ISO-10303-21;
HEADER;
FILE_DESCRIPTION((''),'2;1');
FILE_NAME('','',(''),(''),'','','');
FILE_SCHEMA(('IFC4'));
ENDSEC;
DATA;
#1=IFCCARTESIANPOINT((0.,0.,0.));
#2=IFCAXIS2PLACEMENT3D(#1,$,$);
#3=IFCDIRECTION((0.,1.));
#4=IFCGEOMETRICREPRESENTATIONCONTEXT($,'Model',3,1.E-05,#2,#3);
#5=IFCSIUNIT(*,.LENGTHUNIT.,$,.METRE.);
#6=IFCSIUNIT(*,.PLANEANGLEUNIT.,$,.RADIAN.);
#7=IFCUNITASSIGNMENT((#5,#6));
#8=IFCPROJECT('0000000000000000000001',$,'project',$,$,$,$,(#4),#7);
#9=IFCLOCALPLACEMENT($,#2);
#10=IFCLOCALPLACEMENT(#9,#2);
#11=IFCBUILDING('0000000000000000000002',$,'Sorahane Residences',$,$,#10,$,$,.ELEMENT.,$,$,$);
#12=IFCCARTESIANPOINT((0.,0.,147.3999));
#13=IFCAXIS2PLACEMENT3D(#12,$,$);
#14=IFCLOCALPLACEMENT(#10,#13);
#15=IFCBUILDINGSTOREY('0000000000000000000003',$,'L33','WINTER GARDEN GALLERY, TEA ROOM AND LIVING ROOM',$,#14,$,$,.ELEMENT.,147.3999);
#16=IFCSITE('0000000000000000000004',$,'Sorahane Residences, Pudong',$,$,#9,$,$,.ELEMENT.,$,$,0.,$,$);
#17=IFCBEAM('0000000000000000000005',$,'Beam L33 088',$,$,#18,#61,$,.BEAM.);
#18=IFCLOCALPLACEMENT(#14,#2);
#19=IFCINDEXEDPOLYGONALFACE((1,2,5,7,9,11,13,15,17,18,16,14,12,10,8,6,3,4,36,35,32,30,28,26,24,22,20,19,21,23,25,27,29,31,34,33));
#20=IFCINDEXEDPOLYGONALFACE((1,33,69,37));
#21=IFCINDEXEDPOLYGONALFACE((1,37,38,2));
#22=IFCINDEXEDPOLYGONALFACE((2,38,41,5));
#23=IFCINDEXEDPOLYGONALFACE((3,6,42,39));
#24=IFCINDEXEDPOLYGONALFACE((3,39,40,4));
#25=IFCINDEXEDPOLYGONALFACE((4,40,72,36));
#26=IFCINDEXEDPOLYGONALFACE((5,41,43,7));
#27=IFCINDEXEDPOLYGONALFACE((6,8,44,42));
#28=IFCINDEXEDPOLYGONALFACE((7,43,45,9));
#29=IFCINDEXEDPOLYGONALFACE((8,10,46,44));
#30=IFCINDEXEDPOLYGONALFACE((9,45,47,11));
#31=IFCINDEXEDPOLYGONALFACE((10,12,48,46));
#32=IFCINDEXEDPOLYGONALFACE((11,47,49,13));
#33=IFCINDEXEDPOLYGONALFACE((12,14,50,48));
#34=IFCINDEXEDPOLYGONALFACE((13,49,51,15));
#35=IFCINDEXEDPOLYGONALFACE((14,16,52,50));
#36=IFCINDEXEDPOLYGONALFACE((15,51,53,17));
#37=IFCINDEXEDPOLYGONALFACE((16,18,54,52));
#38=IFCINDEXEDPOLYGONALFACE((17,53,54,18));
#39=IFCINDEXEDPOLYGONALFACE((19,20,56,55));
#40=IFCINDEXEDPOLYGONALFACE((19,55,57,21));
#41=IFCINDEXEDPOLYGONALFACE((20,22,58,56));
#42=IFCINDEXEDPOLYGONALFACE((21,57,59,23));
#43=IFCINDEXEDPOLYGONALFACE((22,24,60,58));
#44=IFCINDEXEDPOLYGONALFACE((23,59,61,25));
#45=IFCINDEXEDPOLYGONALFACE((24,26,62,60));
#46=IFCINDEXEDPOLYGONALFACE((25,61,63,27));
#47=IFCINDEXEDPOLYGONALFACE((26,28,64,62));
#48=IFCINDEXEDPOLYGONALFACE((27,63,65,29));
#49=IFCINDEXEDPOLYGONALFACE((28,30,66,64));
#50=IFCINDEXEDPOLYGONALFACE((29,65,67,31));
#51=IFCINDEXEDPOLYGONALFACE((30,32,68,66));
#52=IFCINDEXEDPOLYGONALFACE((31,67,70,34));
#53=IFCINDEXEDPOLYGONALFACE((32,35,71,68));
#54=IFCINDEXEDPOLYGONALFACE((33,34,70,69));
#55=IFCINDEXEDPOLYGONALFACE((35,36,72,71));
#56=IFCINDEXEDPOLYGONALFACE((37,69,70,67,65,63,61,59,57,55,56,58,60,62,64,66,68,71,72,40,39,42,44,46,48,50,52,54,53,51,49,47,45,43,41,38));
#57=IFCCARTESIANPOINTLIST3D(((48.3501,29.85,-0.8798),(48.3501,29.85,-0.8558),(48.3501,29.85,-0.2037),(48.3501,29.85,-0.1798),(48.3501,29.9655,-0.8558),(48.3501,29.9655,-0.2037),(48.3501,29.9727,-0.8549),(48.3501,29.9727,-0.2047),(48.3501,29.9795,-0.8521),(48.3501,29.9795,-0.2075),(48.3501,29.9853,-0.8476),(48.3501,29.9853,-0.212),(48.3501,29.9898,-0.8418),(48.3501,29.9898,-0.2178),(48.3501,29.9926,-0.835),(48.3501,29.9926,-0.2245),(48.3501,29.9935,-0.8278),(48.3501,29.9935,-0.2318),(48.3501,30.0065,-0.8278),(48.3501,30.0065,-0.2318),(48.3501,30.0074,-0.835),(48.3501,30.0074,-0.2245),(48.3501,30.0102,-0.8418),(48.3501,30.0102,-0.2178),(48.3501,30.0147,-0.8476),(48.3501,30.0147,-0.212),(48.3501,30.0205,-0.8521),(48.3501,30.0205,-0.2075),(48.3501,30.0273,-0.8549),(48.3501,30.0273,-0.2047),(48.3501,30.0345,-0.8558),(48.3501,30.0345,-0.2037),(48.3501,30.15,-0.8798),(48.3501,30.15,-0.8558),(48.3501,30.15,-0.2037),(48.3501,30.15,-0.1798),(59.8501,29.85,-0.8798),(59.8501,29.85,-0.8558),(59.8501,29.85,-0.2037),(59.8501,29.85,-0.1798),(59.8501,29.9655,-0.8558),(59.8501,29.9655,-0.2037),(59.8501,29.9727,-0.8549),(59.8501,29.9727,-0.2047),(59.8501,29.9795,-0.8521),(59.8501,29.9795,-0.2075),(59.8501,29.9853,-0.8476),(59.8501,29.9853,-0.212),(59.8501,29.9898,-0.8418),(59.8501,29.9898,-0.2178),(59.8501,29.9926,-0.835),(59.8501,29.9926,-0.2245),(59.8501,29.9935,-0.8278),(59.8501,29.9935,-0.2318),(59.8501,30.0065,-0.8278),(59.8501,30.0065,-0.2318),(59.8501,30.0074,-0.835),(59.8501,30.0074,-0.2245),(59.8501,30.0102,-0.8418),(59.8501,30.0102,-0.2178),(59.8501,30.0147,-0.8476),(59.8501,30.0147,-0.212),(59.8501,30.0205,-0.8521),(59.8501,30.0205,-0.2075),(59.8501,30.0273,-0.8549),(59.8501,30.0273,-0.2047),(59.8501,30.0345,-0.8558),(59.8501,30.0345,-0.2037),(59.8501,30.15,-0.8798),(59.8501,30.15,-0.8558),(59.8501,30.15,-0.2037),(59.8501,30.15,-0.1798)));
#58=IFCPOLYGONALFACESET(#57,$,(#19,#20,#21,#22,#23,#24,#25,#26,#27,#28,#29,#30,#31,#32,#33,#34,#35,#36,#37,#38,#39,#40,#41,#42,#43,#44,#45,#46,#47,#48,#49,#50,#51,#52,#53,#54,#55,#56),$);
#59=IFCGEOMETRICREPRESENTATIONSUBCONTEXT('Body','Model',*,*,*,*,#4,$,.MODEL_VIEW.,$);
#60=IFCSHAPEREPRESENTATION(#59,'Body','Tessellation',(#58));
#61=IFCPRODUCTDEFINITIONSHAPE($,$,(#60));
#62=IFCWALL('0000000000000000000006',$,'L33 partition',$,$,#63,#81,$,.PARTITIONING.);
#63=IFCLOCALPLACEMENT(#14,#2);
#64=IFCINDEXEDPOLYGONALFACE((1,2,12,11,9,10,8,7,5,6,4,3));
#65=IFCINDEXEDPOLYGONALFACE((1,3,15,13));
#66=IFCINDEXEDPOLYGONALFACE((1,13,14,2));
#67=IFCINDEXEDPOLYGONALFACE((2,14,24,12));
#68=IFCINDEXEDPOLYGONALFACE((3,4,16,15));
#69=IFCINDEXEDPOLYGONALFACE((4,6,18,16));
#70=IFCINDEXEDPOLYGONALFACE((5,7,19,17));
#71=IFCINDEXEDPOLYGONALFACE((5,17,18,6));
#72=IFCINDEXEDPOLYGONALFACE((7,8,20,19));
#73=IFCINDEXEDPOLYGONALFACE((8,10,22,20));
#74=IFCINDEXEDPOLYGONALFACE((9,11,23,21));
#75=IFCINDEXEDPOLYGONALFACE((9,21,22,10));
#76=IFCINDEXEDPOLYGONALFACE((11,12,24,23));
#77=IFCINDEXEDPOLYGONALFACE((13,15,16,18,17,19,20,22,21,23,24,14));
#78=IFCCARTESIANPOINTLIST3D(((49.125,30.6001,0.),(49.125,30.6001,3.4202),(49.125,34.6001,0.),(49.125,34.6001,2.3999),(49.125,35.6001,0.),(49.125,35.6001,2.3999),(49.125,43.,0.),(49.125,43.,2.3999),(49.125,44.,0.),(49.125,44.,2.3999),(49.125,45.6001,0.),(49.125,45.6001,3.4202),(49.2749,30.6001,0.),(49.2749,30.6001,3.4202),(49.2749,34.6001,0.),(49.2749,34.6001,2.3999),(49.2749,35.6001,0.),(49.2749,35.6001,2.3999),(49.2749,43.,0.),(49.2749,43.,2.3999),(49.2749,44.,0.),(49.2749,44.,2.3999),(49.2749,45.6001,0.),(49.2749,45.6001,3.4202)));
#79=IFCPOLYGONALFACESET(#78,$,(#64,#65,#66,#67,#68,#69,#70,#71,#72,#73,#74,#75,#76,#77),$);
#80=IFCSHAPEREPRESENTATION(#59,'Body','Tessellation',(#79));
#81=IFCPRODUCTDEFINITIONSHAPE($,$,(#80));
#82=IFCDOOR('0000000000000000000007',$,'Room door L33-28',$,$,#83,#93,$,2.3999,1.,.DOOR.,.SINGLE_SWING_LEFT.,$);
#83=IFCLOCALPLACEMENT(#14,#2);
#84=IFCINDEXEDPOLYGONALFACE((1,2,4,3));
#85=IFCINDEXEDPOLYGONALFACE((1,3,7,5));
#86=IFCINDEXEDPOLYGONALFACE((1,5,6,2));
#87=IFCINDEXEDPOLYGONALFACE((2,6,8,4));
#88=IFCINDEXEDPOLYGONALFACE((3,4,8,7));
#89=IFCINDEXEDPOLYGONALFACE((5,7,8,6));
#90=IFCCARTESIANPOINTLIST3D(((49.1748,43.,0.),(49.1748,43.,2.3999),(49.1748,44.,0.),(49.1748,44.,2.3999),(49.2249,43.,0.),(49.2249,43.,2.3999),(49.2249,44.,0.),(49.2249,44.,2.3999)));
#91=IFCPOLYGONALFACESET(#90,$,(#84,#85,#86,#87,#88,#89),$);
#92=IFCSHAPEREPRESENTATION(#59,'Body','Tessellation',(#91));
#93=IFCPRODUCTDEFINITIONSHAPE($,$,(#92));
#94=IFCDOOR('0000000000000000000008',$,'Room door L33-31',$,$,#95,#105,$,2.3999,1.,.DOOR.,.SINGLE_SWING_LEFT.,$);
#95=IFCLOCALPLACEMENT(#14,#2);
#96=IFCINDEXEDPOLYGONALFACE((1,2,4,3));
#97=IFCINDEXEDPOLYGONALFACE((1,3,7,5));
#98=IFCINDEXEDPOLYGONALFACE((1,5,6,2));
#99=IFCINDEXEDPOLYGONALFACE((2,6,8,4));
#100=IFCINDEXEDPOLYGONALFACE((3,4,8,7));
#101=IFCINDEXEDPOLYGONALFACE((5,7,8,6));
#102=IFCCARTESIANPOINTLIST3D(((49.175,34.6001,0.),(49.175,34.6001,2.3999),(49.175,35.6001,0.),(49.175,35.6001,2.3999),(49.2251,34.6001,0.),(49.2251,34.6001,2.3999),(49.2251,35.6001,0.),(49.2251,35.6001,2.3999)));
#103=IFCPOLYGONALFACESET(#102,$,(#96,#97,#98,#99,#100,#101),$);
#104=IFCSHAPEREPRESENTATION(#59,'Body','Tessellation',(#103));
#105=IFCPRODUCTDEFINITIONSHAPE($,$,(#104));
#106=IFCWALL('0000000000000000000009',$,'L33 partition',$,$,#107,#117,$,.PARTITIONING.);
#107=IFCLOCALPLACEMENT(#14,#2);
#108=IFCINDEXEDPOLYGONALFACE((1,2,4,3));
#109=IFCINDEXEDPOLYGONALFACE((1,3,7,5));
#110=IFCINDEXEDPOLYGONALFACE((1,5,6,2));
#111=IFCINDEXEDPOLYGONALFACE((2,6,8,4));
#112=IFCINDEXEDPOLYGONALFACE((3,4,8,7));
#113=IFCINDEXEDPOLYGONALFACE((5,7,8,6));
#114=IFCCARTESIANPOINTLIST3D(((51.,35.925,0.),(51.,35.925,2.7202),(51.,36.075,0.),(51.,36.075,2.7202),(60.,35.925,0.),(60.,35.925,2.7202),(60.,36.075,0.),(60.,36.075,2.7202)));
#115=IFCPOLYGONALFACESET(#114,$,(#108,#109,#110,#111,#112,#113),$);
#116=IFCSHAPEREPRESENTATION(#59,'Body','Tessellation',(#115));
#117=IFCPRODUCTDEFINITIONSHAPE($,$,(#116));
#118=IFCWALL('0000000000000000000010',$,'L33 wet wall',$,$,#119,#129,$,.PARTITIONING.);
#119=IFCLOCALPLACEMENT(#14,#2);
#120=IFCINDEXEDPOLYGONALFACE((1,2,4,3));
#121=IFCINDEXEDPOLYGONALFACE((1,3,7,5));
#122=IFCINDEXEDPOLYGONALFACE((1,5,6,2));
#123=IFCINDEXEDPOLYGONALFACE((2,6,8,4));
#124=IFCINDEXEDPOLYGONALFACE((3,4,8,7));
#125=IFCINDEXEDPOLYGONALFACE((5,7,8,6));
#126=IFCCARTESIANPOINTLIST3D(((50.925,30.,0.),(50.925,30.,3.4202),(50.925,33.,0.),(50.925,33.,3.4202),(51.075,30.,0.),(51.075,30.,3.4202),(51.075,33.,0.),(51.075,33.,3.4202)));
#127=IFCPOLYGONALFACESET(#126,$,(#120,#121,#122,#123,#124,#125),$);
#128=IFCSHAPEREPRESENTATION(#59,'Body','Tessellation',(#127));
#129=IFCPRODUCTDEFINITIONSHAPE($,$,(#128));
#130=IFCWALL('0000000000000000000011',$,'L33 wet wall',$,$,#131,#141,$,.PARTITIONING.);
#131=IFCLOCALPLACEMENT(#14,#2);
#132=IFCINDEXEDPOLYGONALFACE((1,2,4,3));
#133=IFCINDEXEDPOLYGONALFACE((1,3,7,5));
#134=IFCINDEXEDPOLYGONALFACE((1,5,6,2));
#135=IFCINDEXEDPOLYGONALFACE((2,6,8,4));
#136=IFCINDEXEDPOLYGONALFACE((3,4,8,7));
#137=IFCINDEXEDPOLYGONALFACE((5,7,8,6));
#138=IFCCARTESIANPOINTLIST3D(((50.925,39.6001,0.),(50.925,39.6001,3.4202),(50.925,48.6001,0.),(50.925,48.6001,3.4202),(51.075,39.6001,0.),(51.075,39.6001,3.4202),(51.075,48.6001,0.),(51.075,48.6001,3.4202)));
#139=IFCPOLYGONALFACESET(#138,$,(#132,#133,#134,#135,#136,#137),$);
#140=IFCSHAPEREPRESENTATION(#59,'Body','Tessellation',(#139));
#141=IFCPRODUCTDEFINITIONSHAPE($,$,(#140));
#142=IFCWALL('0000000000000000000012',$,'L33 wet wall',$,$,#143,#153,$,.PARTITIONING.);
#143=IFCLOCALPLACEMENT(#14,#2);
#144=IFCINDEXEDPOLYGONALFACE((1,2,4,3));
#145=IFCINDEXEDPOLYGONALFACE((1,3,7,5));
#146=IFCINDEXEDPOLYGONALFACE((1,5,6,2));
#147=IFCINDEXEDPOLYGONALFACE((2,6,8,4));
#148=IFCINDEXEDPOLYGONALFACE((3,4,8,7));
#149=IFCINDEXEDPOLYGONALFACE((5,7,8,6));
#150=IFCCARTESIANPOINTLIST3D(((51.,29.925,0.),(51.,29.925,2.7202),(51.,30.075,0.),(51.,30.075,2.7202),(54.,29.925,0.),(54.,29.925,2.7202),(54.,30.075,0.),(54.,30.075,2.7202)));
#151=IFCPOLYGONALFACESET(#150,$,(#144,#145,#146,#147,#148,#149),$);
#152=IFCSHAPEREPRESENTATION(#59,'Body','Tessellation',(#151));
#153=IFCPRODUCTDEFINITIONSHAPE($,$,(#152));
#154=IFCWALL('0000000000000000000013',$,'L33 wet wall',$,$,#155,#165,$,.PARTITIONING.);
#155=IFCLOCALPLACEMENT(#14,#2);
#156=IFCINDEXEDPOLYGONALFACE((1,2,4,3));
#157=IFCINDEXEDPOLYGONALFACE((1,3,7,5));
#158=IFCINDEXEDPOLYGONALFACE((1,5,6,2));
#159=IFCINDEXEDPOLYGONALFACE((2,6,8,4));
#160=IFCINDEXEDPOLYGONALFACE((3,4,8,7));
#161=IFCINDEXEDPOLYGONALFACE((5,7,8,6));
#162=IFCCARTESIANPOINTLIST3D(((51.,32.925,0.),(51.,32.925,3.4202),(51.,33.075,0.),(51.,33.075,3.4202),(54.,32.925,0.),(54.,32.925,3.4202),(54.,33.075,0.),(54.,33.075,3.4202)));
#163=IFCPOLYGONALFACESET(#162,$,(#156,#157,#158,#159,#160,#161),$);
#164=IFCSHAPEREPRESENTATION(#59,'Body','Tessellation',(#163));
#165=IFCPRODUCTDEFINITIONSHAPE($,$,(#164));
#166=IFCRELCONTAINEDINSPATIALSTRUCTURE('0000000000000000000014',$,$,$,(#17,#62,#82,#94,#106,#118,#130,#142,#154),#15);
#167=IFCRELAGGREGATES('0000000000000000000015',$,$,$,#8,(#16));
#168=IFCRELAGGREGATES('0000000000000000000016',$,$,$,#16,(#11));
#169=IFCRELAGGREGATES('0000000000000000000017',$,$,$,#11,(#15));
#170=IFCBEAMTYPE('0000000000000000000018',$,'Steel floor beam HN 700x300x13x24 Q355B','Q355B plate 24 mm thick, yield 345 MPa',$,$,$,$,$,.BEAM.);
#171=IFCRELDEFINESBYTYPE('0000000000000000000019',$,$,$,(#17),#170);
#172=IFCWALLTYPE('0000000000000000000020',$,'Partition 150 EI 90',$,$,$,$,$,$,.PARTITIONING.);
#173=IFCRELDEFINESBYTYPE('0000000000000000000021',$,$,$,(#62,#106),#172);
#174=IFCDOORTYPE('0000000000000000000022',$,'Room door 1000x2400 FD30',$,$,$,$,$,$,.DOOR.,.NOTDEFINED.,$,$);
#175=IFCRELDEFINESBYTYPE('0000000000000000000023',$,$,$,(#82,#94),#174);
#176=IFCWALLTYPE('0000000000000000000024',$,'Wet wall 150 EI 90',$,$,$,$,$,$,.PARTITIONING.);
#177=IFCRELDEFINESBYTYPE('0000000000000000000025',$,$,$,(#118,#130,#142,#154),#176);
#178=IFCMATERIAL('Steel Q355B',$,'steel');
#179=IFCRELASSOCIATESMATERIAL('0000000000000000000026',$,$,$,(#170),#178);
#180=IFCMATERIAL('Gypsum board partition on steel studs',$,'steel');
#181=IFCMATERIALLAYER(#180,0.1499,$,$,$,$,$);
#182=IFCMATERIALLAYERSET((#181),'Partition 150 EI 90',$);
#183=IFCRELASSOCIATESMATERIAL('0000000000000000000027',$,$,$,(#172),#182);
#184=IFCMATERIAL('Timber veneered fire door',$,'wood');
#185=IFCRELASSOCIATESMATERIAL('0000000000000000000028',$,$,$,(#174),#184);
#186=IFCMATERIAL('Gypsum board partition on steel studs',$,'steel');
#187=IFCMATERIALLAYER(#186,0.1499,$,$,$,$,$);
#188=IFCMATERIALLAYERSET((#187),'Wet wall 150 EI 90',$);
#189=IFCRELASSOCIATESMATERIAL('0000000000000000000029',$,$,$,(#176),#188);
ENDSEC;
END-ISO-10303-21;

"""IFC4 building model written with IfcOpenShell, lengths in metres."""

from ifc_helpers import new_model, si_unit, direction, frame, frame_2d, origin, origin_2d, place, context, subcontext, project, spatial, rectangle, i_section, extrude, material, layer, layer_set, material_profile, profile_set, type_object, element, fill, save


model = new_model("IFC4")

# Units and contexts
model_context = context("Model", 3, precision=1e-05, world=origin(), true_north=direction((0.0, 1.0)))
body_context = subcontext(model_context, "Body", "Model", "MODEL_VIEW")
ifc_project = project(units=[si_unit("LENGTHUNIT", "METRE"), si_unit("PLANEANGLEUNIT", "RADIAN")], contexts=[model_context])

# Site, building, storey
site_placement = place(None, origin())
site = spatial("IfcSite", under=ifc_project, at=site_placement, Name="Sorahane Residences, Pudong", CompositionType="ELEMENT", RefElevation=0.0)
building_placement = place(site_placement, origin())
building = spatial("IfcBuilding", under=site, at=building_placement, Name="Sorahane Residences", CompositionType="ELEMENT")
storey_placement = place(building_placement, frame((0.0, 0.0, 147.3999)))
storey = spatial("IfcBuildingStorey", under=building, at=storey_placement, Name="L33", Description="WINTER GARDEN GALLERY, TEA ROOM AND LIVING ROOM", CompositionType="ELEMENT", Elevation=147.3999)

# Beam
ifc_material_1 = material(Name="Steel Q355B", Category="steel")
ifc_material_profile_1 = material_profile(ifc_material_1, i_section(OverallWidth=0.3, OverallDepth=0.7, WebThickness=0.0129, FlangeThickness=0.0239, FilletRadius=0.0281, at=origin_2d()), Name="HN 700x300x13x24")
ifc_profile_set_1 = profile_set([ifc_material_profile_1], Name="Steel Q355B")
beam_type_1 = type_object("IfcBeamType", Name="Steel floor beam HN 700x300x13x24 Q355B", Description="Q355B plate 24 mm thick, yield 345 MPa", PredefinedType="BEAM", material=ifc_profile_set_1)
beam_1_placement = place(storey_placement, frame((48.3501, 30.0, -0.5298), z_axis=(1.0, 0.0, 0.0), x_axis=(0.0, 1.0, 0.0)))
element("IfcBeam", 1, at=beam_1_placement, inside=storey, type_object=beam_type_1, Name="Beam L33 088", PredefinedType="BEAM", context=body_context, shape_type="SweptSolid", body=[
    extrude(i_section(OverallWidth=0.3, OverallDepth=0.7, WebThickness=0.0129, FlangeThickness=0.0239, FilletRadius=0.0281, at=origin_2d()), origin(), (0.0, 0.0, 1.0), 11.5),
])

# Wall, openings, doors
ifc_material_2 = material(Name="Gypsum board partition on steel studs", Category="steel")
ifc_layer_1 = layer(ifc_material_2, 0.1499)
ifc_layer_set_1 = layer_set([ifc_layer_1], Name="Partition 150 EI 90")
wall_type_1 = type_object("IfcWallType", Name="Partition 150 EI 90", PredefinedType="PARTITIONING", material=ifc_layer_set_1)
wall_1_placement = place(storey_placement, frame((49.2, 30.6001, 0.0), z_axis=(0.0, 0.0, 1.0), x_axis=(0.0, 1.0, 0.0)))
wall_1 = element("IfcWall", 2, at=wall_1_placement, inside=storey, type_object=wall_type_1, Name="L33 partition", PredefinedType="PARTITIONING", context=body_context, shape_type="SweptSolid", body=[
    extrude(rectangle(XDim=15.0, YDim=0.1499, at=frame_2d((7.5, 0.0))), origin(), (0.0, 0.0, 1.0), 3.4202),
])
opening_1_placement = place(wall_1_placement, frame((12.3999, 0.0, 0.0)))
opening_1 = element("IfcOpeningElement", 3, at=opening_1_placement, cuts=wall_1, PredefinedType="OPENING", context=body_context, shape_type="SweptSolid", body=[
    extrude(rectangle(XDim=1.0, YDim=2.3999, at=frame_2d((0.5, 1.2))), frame((0.0, 0.085, 0.0), z_axis=(0.0, -1.0, 0.0), x_axis=(1.0, 0.0, 0.0)), (0.0, 0.0, 1.0), 0.1699),
])
opening_2_placement = place(wall_1_placement, frame((4.0, 0.0, 0.0)))
opening_2 = element("IfcOpeningElement", 4, at=opening_2_placement, cuts=wall_1, PredefinedType="OPENING", context=body_context, shape_type="SweptSolid", body=[
    extrude(rectangle(XDim=1.0, YDim=2.3999, at=frame_2d((0.5, 1.2))), frame((0.0, 0.085, 0.0), z_axis=(0.0, -1.0, 0.0), x_axis=(1.0, 0.0, 0.0)), (0.0, 0.0, 1.0), 0.1699),
])
ifc_material_3 = material(Name="Timber veneered fire door", Category="wood")
door_type = type_object("IfcDoorType", Name="Room door 1000x2400 FD30", OperationType="NOTDEFINED", PredefinedType="DOOR", material=ifc_material_3)
door_1_placement = place(opening_1_placement, frame((1.0, 0.0, 0.0), z_axis=(0.0, 0.0, 1.0), x_axis=(-1.0, 0.0, 0.0)))
door_1 = element("IfcDoor", 5, at=door_1_placement, inside=storey, type_object=door_type, Name="Room door L33-28", OperationType="SINGLE_SWING_LEFT", OverallHeight=2.3999, OverallWidth=1.0, PredefinedType="DOOR", context=body_context, shape_type="SweptSolid", body=[
    extrude(rectangle(XDim=1.0, YDim=2.3999, at=frame_2d((0.5, 1.2))), frame((0.0, 0.0249, 0.0), z_axis=(0.0, -1.0, 0.0), x_axis=(1.0, 0.0, 0.0)), (0.0, 0.0, 1.0), 0.05),
])
fill(opening_1, door_1)
door_2_placement = place(opening_2_placement, origin())
door_2 = element("IfcDoor", 6, at=door_2_placement, inside=storey, type_object=door_type, Name="Room door L33-31", OperationType="SINGLE_SWING_LEFT", OverallHeight=2.3999, OverallWidth=1.0, PredefinedType="DOOR", context=body_context, shape_type="SweptSolid", body=[
    extrude(rectangle(XDim=1.0, YDim=2.3999, at=frame_2d((0.5, 1.2))), frame((0.0, 0.0249, 0.0), z_axis=(0.0, -1.0, 0.0), x_axis=(1.0, 0.0, 0.0)), (0.0, 0.0, 1.0), 0.05),
])
fill(opening_2, door_2)

# Walls
wall_2_placement = place(storey_placement, frame((51.0, 36.0, 0.0), z_axis=(0.0, 0.0, 1.0), x_axis=(1.0, 0.0, 0.0)))
element("IfcWall", 7, at=wall_2_placement, inside=storey, type_object=wall_type_1, Name="L33 partition", PredefinedType="PARTITIONING", context=body_context, shape_type="SweptSolid", body=[
    extrude(rectangle(XDim=9.0, YDim=0.1499, at=frame_2d((4.5, 0.0))), origin(), (0.0, 0.0, 1.0), 2.7202),
])
ifc_material_4 = material(Name="Gypsum board partition on steel studs", Category="steel")
ifc_layer_2 = layer(ifc_material_4, 0.1499)
ifc_layer_set_2 = layer_set([ifc_layer_2], Name="Wet wall 150 EI 90")
wall_type_2 = type_object("IfcWallType", Name="Wet wall 150 EI 90", PredefinedType="PARTITIONING", material=ifc_layer_set_2)
wall_3_placement = place(storey_placement, frame((51.0, 30.0, 0.0), z_axis=(0.0, 0.0, 1.0), x_axis=(0.0, 1.0, 0.0)))
element("IfcWall", 8, at=wall_3_placement, inside=storey, type_object=wall_type_2, Name="L33 wet wall", PredefinedType="PARTITIONING", context=body_context, shape_type="SweptSolid", body=[
    extrude(rectangle(XDim=3.0, YDim=0.1499, at=frame_2d((1.5, 0.0))), origin(), (0.0, 0.0, 1.0), 3.4202),
])
wall_4_placement = place(storey_placement, frame((51.0, 39.6001, 0.0), z_axis=(0.0, 0.0, 1.0), x_axis=(0.0, 1.0, 0.0)))
element("IfcWall", 9, at=wall_4_placement, inside=storey, type_object=wall_type_2, Name="L33 wet wall", PredefinedType="PARTITIONING", context=body_context, shape_type="SweptSolid", body=[
    extrude(rectangle(XDim=9.0, YDim=0.1499, at=frame_2d((4.5, 0.0))), origin(), (0.0, 0.0, 1.0), 3.4202),
])
wall_5_placement = place(storey_placement, frame((51.0, 30.0, 0.0), z_axis=(0.0, 0.0, 1.0), x_axis=(1.0, 0.0, 0.0)))
element("IfcWall", 10, at=wall_5_placement, inside=storey, type_object=wall_type_2, Name="L33 wet wall", PredefinedType="PARTITIONING", context=body_context, shape_type="SweptSolid", body=[
    extrude(rectangle(XDim=3.0, YDim=0.1499, at=frame_2d((1.5, 0.0))), origin(), (0.0, 0.0, 1.0), 2.7202),
])
wall_6_placement = place(storey_placement, frame((51.0, 33.0, 0.0), z_axis=(0.0, 0.0, 1.0), x_axis=(1.0, 0.0, 0.0)))
element("IfcWall", 11, at=wall_6_placement, inside=storey, type_object=wall_type_2, Name="L33 wet wall", PredefinedType="PARTITIONING", context=body_context, shape_type="SweptSolid", body=[
    extrude(rectangle(XDim=3.0, YDim=0.1499, at=frame_2d((1.5, 0.0))), origin(), (0.0, 0.0, 1.0), 3.4202),
])

save(model, "model.ifc")
